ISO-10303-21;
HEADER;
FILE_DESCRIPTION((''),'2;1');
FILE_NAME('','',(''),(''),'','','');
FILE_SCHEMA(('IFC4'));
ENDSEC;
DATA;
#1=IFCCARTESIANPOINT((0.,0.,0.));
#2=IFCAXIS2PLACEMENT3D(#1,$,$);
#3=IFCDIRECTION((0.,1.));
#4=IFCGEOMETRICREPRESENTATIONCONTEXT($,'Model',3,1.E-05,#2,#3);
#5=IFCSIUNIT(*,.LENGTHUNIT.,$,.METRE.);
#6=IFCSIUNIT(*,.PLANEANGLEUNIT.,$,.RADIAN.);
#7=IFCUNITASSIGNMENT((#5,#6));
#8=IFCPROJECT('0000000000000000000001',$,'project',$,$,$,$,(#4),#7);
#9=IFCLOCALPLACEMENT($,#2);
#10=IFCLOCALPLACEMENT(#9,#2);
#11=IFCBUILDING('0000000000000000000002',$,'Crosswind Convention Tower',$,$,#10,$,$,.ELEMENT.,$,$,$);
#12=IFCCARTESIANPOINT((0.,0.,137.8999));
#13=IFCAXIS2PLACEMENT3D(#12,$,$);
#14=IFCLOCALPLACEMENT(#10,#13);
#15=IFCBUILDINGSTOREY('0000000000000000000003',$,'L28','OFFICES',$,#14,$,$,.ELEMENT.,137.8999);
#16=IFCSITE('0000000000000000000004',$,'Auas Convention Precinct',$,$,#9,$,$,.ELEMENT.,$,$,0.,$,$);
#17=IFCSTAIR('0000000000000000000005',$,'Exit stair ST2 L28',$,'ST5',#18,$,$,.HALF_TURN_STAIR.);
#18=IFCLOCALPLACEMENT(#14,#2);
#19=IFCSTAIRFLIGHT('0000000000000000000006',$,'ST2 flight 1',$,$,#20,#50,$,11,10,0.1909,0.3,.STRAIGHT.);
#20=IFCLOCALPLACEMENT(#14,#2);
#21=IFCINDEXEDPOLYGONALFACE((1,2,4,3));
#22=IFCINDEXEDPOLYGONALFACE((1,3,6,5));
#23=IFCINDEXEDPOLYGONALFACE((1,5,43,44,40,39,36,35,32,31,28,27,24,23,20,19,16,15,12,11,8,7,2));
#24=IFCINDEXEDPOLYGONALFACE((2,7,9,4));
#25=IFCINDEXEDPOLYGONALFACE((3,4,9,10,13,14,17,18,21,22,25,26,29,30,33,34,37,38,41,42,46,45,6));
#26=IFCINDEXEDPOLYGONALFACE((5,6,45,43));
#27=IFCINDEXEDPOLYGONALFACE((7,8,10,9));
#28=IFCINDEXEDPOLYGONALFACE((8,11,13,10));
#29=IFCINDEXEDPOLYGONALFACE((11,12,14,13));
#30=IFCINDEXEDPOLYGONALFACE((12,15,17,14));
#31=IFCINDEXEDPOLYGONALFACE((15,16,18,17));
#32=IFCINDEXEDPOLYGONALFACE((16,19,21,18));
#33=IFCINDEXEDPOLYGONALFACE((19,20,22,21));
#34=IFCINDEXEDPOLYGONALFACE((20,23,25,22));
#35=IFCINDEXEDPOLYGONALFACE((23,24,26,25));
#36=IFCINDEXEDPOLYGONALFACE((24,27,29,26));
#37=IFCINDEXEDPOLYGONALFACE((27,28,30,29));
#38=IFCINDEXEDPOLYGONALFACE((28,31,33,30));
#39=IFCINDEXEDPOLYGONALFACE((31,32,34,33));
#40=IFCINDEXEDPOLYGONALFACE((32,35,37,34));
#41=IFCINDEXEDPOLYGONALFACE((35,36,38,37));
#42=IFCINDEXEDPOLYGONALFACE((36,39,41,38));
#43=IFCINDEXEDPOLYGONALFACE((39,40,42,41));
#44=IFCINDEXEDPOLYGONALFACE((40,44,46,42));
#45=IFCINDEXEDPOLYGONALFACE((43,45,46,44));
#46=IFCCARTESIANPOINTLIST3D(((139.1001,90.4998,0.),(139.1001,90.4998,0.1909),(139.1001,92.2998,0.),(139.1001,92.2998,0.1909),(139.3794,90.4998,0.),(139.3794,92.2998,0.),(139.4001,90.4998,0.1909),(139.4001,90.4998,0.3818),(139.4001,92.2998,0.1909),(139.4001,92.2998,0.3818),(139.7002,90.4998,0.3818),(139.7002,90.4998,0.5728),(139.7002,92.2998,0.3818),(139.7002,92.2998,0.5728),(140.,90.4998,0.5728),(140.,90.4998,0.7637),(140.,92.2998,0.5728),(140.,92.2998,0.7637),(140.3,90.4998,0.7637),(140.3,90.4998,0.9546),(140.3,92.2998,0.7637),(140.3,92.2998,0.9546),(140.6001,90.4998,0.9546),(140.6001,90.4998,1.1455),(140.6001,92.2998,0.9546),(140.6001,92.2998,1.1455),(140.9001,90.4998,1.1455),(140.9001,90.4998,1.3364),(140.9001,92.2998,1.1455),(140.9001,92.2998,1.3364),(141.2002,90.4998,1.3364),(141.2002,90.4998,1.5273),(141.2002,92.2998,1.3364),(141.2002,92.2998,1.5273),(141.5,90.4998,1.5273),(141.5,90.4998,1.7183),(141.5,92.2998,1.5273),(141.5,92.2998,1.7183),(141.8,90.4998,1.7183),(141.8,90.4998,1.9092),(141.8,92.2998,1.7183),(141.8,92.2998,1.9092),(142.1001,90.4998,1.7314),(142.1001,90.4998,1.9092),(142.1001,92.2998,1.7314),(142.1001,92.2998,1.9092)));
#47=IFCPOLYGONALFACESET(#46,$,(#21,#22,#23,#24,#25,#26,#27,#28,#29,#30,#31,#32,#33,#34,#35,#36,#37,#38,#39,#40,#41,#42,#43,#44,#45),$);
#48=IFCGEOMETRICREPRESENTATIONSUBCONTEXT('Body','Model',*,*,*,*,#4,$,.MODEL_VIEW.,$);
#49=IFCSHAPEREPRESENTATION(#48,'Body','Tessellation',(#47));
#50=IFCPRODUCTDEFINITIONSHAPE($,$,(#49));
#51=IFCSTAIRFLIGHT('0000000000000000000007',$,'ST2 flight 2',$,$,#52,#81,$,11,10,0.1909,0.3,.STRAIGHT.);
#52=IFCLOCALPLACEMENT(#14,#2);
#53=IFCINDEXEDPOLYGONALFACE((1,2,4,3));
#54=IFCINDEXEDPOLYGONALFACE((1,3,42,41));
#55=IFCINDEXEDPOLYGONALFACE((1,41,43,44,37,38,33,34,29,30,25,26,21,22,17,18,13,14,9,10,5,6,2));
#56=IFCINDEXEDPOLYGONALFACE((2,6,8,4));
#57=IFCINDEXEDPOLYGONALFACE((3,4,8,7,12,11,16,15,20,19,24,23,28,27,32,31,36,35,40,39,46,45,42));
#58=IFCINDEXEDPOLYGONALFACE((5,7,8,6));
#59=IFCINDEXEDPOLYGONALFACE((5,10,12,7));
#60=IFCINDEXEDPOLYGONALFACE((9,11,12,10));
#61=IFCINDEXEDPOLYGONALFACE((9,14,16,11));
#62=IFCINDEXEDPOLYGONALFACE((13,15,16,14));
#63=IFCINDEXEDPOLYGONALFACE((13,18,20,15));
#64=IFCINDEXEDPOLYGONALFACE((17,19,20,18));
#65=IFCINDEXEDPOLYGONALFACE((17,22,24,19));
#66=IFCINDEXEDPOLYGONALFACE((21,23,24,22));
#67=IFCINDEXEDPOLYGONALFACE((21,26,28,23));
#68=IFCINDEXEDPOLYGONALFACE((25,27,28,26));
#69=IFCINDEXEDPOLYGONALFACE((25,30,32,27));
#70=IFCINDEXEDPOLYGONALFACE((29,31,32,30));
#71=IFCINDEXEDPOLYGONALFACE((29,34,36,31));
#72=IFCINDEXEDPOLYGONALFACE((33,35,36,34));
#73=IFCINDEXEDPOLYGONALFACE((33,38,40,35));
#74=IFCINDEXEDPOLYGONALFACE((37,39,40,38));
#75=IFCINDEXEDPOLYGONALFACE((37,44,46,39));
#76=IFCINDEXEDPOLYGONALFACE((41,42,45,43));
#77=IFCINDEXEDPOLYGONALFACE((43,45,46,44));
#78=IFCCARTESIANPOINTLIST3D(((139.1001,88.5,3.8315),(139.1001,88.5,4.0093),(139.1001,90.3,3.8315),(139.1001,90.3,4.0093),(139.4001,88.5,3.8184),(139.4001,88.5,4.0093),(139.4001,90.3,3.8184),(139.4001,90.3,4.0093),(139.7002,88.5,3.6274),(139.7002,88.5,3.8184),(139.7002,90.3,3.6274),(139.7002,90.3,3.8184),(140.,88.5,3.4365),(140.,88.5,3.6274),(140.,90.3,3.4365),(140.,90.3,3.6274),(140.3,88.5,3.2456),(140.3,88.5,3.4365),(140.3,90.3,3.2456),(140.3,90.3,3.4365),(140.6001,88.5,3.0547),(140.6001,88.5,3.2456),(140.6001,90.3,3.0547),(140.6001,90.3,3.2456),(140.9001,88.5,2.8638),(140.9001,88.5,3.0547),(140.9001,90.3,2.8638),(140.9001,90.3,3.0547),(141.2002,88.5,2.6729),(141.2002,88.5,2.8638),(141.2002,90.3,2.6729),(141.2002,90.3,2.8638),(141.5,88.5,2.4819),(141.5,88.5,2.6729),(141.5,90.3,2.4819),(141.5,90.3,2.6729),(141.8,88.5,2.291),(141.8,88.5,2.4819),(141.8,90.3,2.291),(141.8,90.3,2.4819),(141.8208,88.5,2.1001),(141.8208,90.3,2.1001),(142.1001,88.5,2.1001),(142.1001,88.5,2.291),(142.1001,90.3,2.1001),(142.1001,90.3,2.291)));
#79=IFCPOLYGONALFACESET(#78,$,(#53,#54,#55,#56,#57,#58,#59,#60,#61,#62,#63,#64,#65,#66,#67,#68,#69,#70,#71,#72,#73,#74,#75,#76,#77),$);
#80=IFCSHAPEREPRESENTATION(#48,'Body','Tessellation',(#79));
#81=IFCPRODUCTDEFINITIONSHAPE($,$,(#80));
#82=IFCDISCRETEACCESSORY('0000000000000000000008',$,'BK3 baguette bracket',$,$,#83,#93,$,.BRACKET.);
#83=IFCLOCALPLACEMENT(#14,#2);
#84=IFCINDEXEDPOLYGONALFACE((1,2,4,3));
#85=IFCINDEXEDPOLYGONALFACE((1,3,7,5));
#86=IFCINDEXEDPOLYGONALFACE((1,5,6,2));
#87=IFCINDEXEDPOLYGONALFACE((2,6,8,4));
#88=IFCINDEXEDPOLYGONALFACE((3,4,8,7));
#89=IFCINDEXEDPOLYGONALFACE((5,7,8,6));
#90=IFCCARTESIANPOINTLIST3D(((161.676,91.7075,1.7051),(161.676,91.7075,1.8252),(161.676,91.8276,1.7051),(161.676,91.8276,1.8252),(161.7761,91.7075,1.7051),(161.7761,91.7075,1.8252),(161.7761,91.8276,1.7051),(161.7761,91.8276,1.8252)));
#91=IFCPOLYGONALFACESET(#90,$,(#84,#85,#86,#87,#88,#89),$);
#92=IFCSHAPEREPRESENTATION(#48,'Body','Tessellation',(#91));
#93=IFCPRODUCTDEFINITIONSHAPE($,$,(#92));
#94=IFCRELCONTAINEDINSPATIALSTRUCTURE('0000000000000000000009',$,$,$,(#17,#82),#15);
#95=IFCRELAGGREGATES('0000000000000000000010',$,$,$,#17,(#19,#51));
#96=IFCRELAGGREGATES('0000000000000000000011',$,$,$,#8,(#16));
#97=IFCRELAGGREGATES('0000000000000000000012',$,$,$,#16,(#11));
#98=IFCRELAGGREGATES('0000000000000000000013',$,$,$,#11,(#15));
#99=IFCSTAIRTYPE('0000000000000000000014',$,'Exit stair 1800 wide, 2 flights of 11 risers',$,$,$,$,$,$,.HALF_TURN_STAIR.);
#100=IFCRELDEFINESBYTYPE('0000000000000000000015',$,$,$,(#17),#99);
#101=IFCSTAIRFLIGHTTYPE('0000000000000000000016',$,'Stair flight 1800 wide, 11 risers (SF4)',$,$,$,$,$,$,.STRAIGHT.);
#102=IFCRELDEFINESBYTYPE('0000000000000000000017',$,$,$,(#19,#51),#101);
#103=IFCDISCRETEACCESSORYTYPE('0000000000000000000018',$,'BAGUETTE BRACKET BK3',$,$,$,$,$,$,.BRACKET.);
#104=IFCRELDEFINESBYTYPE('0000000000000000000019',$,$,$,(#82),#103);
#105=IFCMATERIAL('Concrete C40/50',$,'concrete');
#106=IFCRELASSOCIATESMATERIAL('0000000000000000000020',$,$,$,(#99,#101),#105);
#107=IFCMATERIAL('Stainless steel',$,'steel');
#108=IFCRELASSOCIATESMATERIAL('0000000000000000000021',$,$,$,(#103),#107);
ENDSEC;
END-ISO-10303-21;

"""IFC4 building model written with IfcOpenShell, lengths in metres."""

from ifc_helpers import new_model, si_unit, direction, frame, origin, origin_2d, place, context, subcontext, project, spatial, polyline, rectangle, outline, extrude, material, type_object, element, aggregate, save


model = new_model("IFC4")

# Units and contexts
model_context = context("Model", 3, precision=1e-05, world=origin(), true_north=direction((0.0, 1.0)))
body_context = subcontext(model_context, "Body", "Model", "MODEL_VIEW")
ifc_project = project(units=[si_unit("LENGTHUNIT", "METRE"), si_unit("PLANEANGLEUNIT", "RADIAN")], contexts=[model_context])

# Site, building, storey
site_placement = place(None, origin())
site = spatial("IfcSite", under=ifc_project, at=site_placement, Name="Auas Convention Precinct", CompositionType="ELEMENT", RefElevation=0.0)
building_placement = place(site_placement, origin())
building = spatial("IfcBuilding", under=site, at=building_placement, Name="Crosswind Convention Tower", CompositionType="ELEMENT")
storey_placement = place(building_placement, frame((0.0, 0.0, 137.8999)))
storey = spatial("IfcBuildingStorey", under=building, at=storey_placement, Name="L28", Description="OFFICES", CompositionType="ELEMENT", Elevation=137.8999)

# Stair, stair flights
ifc_material_1 = material(Name="Concrete C40/50", Category="concrete")
stair_type = type_object("IfcStairType", Name="Exit stair 1800 wide, 2 flights of 11 risers", PredefinedType="HALF_TURN_STAIR", material=ifc_material_1)
stair_placement = place(storey_placement, origin())
stair = element("IfcStair", 1, at=stair_placement, inside=storey, type_object=stair_type, Name="Exit stair ST2 L28", ObjectType="ST5", PredefinedType="HALF_TURN_STAIR")
stair_flight_type = type_object("IfcStairFlightType", Name="Stair flight 1800 wide, 11 risers (SF4)", PredefinedType="STRAIGHT", material=ifc_material_1)
stair_flight_1_placement = place(storey_placement, frame((139.1001, 91.3999, 0.0), z_axis=(0.0, 0.0, 1.0), x_axis=(1.0, 0.0, 0.0)))
stair_flight_1 = element("IfcStairFlight", 2, at=stair_flight_1_placement, type_object=stair_flight_type, Name="ST2 flight 1", NumberOfRisers=11, NumberOfTreads=10, PredefinedType="STRAIGHT", RiserHeight=0.1909, TreadLength=0.3, context=body_context, shape_type="SweptSolid", body=[
    extrude(outline(polyline([(0.0, 0.0), (0.0, 0.1909), (0.3, 0.1909), (0.3, 0.3818), (0.6001, 0.3818), (0.6001, 0.5728), (0.8999, 0.5728), (0.8999, 0.7637), (1.2, 0.7637), (1.2, 0.9546), (1.5, 0.9546), (1.5, 1.1455), (1.8, 1.1455), (1.8, 1.3364), (2.1001, 1.3364), (2.1001, 1.5273), (2.3999, 1.5273), (2.3999, 1.7183), (2.7, 1.7183), (2.7, 1.9092), (3.0, 1.9092), (3.0, 2.1001), (3.0, 1.7314), (0.2793, 0.0), (0.0, 0.0)])), frame((0.0, 0.8999, 0.0), z_axis=(0.0, -1.0, 0.0), x_axis=(1.0, 0.0, 0.0)), (0.0, 0.0, 1.0), 1.8),
])
stair_flight_2_placement = place(storey_placement, frame((142.1001, 89.3999, 2.1001), z_axis=(0.0, 0.0, 1.0), x_axis=(-1.0, 0.0, 0.0)))
stair_flight_2 = element("IfcStairFlight", 3, at=stair_flight_2_placement, type_object=stair_flight_type, Name="ST2 flight 2", NumberOfRisers=11, NumberOfTreads=10, PredefinedType="STRAIGHT", RiserHeight=0.1909, TreadLength=0.3, context=body_context, shape_type="SweptSolid", body=[
    extrude(outline(polyline([(0.0, 0.0), (0.0, 0.1909), (0.3, 0.1909), (0.3, 0.3818), (0.6001, 0.3818), (0.6001, 0.5728), (0.8999, 0.5728), (0.8999, 0.7637), (1.2, 0.7637), (1.2, 0.9546), (1.5, 0.9546), (1.5, 1.1455), (1.8, 1.1455), (1.8, 1.3364), (2.1001, 1.3364), (2.1001, 1.5273), (2.3999, 1.5273), (2.3999, 1.7183), (2.7, 1.7183), (2.7, 1.9092), (3.0, 1.9092), (3.0, 2.1001), (3.0, 1.7314), (0.2793, 0.0), (0.0, 0.0)])), frame((0.0, 0.8999, 0.0), z_axis=(0.0, -1.0, 0.0), x_axis=(1.0, 0.0, 0.0)), (0.0, 0.0, 1.0), 1.8),
])
aggregate(stair, [stair_flight_1, stair_flight_2])

# Shared definitions
ifc_material_2 = material(Name="Stainless steel", Category="steel")

# Discrete accessory
discrete_accessory_type = type_object("IfcDiscreteAccessoryType", Name="BAGUETTE BRACKET BK3", PredefinedType="BRACKET", material=ifc_material_2)
discrete_accessory_placement = place(storey_placement, frame((161.7261, 91.7676, 1.7051), z_axis=(0.0, 0.0, 1.0), x_axis=(0.0, 1.0, 0.0)))
element("IfcDiscreteAccessory", 4, at=discrete_accessory_placement, inside=storey, type_object=discrete_accessory_type, Name="BK3 baguette bracket", PredefinedType="BRACKET", context=body_context, shape_type="SweptSolid", body=[
    extrude(rectangle(XDim=0.1201, YDim=0.1001, at=origin_2d()), origin(), (0.0, 0.0, 1.0), 0.1201),
])

save(model, "model.ifc")
